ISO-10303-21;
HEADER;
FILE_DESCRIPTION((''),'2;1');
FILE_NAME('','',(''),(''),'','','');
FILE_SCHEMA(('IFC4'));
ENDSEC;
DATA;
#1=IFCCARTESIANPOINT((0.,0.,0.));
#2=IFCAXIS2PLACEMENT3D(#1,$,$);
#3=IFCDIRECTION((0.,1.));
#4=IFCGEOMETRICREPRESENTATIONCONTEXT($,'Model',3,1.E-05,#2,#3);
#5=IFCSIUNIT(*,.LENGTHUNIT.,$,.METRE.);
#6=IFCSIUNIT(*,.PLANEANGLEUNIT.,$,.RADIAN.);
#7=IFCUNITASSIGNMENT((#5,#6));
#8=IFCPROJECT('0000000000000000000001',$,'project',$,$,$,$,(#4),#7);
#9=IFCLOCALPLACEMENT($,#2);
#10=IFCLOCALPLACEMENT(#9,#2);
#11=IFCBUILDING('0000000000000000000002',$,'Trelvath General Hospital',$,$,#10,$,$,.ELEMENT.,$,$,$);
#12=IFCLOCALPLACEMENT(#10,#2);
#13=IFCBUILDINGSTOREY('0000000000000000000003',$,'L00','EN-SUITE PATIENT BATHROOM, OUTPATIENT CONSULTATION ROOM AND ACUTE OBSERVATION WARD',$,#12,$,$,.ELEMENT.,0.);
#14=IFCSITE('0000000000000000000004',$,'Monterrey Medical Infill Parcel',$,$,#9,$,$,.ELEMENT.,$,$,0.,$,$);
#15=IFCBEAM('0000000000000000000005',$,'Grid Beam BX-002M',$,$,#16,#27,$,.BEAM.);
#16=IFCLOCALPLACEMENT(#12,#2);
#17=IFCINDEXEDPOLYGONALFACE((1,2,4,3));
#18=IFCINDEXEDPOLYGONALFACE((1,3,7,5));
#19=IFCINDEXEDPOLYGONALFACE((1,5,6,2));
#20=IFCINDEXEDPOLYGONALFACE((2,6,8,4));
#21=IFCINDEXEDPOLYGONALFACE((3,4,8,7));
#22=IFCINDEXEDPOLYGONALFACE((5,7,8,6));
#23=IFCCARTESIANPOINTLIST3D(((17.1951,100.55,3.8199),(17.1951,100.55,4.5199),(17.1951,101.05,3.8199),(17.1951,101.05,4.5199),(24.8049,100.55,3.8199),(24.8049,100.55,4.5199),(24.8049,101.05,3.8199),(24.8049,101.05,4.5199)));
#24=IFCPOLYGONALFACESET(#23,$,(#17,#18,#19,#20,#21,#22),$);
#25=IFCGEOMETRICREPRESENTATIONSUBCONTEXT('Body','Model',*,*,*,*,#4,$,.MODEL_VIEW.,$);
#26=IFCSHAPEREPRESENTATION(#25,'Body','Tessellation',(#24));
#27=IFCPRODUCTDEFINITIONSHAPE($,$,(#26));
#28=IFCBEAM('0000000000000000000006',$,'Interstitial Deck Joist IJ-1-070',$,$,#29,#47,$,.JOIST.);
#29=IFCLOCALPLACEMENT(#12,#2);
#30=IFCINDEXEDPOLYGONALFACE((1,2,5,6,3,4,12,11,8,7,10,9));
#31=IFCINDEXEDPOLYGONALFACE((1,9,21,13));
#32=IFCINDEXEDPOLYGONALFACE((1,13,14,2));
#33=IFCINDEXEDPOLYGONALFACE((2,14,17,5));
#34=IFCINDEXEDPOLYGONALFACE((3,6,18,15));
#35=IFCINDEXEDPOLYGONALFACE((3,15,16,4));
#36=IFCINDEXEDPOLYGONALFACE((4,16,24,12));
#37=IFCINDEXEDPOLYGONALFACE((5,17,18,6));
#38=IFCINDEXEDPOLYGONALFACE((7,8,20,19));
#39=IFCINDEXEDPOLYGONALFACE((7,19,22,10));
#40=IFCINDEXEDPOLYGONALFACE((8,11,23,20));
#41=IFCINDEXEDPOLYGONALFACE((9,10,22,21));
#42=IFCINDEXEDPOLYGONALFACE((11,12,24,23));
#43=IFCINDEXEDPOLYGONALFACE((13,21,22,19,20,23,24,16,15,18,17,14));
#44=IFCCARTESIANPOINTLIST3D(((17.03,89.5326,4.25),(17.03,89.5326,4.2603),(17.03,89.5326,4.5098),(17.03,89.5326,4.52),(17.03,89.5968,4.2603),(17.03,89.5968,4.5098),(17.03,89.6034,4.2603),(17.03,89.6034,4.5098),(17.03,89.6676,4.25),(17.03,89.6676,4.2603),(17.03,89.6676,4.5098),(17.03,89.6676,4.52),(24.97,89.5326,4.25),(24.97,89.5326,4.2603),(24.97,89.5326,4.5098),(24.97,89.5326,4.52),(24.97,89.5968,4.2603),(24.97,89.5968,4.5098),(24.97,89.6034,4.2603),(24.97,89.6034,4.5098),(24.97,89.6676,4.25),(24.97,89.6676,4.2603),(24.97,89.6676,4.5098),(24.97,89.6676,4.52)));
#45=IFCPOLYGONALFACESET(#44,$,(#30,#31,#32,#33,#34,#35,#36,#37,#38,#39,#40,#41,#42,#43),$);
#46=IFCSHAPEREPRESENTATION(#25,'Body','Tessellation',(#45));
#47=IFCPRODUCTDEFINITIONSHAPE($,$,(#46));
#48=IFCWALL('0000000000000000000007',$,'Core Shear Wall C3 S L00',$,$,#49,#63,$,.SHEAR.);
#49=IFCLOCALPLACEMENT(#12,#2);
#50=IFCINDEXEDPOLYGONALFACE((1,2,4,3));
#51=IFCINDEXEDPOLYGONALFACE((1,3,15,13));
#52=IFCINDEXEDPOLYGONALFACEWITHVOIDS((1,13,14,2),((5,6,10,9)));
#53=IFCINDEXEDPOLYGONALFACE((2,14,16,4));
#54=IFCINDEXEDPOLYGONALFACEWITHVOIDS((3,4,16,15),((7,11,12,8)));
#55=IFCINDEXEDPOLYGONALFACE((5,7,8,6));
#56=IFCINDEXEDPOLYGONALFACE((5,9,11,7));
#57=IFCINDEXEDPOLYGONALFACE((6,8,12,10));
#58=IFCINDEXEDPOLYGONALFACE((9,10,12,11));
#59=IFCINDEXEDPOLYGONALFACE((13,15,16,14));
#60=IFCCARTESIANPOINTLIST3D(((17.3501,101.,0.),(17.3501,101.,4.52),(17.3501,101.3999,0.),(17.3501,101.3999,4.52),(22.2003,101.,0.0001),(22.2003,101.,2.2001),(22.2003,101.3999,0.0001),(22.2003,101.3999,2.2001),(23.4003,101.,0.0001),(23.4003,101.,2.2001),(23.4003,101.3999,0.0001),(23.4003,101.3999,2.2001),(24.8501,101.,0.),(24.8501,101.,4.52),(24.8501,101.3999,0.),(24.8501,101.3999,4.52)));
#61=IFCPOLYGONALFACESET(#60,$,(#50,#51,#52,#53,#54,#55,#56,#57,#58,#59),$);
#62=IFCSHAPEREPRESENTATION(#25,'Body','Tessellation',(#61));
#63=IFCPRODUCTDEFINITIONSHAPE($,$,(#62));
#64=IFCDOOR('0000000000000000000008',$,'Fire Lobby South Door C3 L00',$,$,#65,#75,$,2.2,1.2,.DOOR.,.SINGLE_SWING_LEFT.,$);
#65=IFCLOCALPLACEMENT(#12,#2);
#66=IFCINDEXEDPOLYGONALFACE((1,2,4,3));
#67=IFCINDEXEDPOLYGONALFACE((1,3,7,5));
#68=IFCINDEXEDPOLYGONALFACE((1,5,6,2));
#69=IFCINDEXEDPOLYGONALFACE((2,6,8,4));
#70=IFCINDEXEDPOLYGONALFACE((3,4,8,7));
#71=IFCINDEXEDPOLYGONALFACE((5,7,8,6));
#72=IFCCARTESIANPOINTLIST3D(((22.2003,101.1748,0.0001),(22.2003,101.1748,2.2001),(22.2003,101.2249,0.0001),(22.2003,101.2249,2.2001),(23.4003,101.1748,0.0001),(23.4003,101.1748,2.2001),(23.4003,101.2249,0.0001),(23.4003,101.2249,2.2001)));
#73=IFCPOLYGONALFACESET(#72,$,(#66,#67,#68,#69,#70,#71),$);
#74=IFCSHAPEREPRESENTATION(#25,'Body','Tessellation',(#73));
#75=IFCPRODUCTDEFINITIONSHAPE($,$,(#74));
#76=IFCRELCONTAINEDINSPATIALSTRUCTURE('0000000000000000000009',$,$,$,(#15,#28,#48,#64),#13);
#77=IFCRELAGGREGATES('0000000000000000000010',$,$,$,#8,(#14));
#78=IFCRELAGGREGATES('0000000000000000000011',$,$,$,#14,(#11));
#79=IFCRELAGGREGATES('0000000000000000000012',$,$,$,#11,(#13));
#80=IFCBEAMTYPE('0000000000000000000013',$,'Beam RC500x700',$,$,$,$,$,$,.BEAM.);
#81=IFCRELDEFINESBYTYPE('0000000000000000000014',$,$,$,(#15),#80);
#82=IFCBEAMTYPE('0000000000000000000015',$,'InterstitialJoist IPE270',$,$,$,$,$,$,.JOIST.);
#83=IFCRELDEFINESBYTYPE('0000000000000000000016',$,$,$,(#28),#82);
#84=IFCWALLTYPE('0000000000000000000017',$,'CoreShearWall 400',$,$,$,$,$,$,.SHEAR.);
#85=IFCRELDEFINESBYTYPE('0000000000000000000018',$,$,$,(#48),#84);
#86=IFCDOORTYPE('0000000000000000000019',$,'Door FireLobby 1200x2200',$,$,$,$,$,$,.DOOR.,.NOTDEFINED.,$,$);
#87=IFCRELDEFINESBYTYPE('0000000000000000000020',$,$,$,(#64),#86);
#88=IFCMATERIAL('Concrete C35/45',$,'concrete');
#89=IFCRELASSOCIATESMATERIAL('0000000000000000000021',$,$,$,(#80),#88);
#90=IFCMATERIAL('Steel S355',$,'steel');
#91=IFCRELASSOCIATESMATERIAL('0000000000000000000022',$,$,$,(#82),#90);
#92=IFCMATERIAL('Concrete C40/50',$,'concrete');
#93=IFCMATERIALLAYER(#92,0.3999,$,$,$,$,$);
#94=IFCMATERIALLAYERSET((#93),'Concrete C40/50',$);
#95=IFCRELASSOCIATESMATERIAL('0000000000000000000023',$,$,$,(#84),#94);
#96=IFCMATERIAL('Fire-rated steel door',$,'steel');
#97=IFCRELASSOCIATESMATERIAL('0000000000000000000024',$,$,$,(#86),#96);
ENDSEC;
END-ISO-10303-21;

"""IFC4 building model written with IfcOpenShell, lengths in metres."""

from ifc_helpers import new_model, si_unit, direction, frame, frame_2d, origin, origin_2d, place, context, subcontext, project, spatial, rectangle, i_section, extrude, material, layer, layer_set, material_profile, profile_set, type_object, element, fill, save


model = new_model("IFC4")

# Units and contexts
model_context = context("Model", 3, precision=1e-05, world=origin(), true_north=direction((0.0, 1.0)))
body_context = subcontext(model_context, "Body", "Model", "MODEL_VIEW")
ifc_project = project(units=[si_unit("LENGTHUNIT", "METRE"), si_unit("PLANEANGLEUNIT", "RADIAN")], contexts=[model_context])

# Site, building, storey
site_placement = place(None, origin())
site = spatial("IfcSite", under=ifc_project, at=site_placement, Name="Monterrey Medical Infill Parcel", CompositionType="ELEMENT", RefElevation=0.0)
building_placement = place(site_placement, origin())
building = spatial("IfcBuilding", under=site, at=building_placement, Name="Trelvath General Hospital", CompositionType="ELEMENT")
storey_placement = place(building_placement, origin())
storey = spatial("IfcBuildingStorey", under=building, at=storey_placement, Name="L00", Description="EN-SUITE PATIENT BATHROOM, OUTPATIENT CONSULTATION ROOM AND ACUTE OBSERVATION WARD", CompositionType="ELEMENT", Elevation=0.0)

# Beams
ifc_material_1 = material(Name="Concrete C35/45", Category="concrete")
ifc_material_profile_1 = material_profile(ifc_material_1, rectangle(XDim=0.5, YDim=0.7, at=origin_2d()), Name="RCB500x700")
ifc_profile_set_1 = profile_set([ifc_material_profile_1], Name="Concrete C35/45")
beam_type_1 = type_object("IfcBeamType", Name="Beam RC500x700", PredefinedType="BEAM", material=ifc_profile_set_1)
for number, where, z_axis, x_axis, name in (
    (1, (17.1951, 100.8, 4.1699), (1.0, 0.0, 0.0), (0.0, 1.0, 0.0), "Grid Beam BX-002M"),
):
    element("IfcBeam", number, at=place(storey_placement, frame(where, z_axis=z_axis, x_axis=x_axis)), inside=storey, type_object=beam_type_1, Name=name, PredefinedType="BEAM", context=body_context, shape_type="SweptSolid", body=[
        extrude(rectangle(XDim=0.5, YDim=0.7, at=origin_2d()), origin(), (0.0, 0.0, 1.0), 7.6099),
    ])
ifc_material_2 = material(Name="Steel S355", Category="steel")
ifc_material_profile_2 = material_profile(ifc_material_2, i_section(OverallWidth=0.135, OverallDepth=0.27, WebThickness=0.0066, FlangeThickness=0.0103, at=origin_2d()), Name="IPE270")
ifc_profile_set_2 = profile_set([ifc_material_profile_2], Name="Steel S355")
beam_type_2 = type_object("IfcBeamType", Name="InterstitialJoist IPE270", PredefinedType="JOIST", material=ifc_profile_set_2)
beam_1_placement = place(storey_placement, frame((17.03, 89.6001, 4.385), z_axis=(1.0, 0.0, 0.0), x_axis=(0.0, 1.0, 0.0)))
element("IfcBeam", 2, at=beam_1_placement, inside=storey, type_object=beam_type_2, Name="Interstitial Deck Joist IJ-1-070", PredefinedType="JOIST", context=body_context, shape_type="SweptSolid", body=[
    extrude(i_section(OverallWidth=0.135, OverallDepth=0.27, WebThickness=0.0066, FlangeThickness=0.0103, at=origin_2d()), origin(), (0.0, 0.0, 1.0), 7.9399),
])

# Wall, opening, door
ifc_material_3 = material(Name="Concrete C40/50", Category="concrete")
ifc_layer_1 = layer(ifc_material_3, 0.3999)
ifc_layer_set_1 = layer_set([ifc_layer_1], Name="Concrete C40/50")
wall_type = type_object("IfcWallType", Name="CoreShearWall 400", PredefinedType="SHEAR", material=ifc_layer_set_1)
wall_1_placement = place(storey_placement, frame((17.3501, 101.2, 0.0), z_axis=(0.0, 0.0, 1.0), x_axis=(1.0, 0.0, 0.0)))
wall_1 = element("IfcWall", 3, at=wall_1_placement, inside=storey, type_object=wall_type, Name="Core Shear Wall C3 S L00", PredefinedType="SHEAR", context=body_context, shape_type="SweptSolid", body=[
    extrude(rectangle(XDim=7.5, YDim=0.3999, at=frame_2d((3.75, 0.0))), origin(), (0.0, 0.0, 1.0), 4.52),
])
opening_1_placement = place(wall_1_placement, frame((4.8501, 0.0, 0.0)))
opening_1 = element("IfcOpeningElement", 4, at=opening_1_placement, cuts=wall_1, PredefinedType="OPENING", context=body_context, shape_type="SweptSolid", body=[
    extrude(rectangle(XDim=1.2, YDim=2.2, at=frame_2d((0.6001, 1.1001))), frame((0.0, 0.21, 0.0), z_axis=(0.0, -1.0, 0.0), x_axis=(1.0, 0.0, 0.0)), (0.0, 0.0, 1.0), 0.4199),
])
ifc_material_4 = material(Name="Fire-rated steel door", Category="steel")
door_type_1 = type_object("IfcDoorType", Name="Door FireLobby 1200x2200", OperationType="NOTDEFINED", PredefinedType="DOOR", material=ifc_material_4)
door_1_placement = place(opening_1_placement, origin())
door_1 = element("IfcDoor", 5, at=door_1_placement, inside=storey, type_object=door_type_1, Name="Fire Lobby South Door C3 L00", OperationType="SINGLE_SWING_LEFT", OverallHeight=2.2, OverallWidth=1.2, PredefinedType="DOOR", context=body_context, shape_type="SweptSolid", body=[
    extrude(rectangle(XDim=1.2, YDim=2.2, at=frame_2d((0.6001, 1.1001))), frame((0.0, 0.0249, 0.0), z_axis=(0.0, -1.0, 0.0), x_axis=(1.0, 0.0, 0.0)), (0.0, 0.0, 1.0), 0.05),
])
fill(opening_1, door_1)

save(model, "model.ifc")
